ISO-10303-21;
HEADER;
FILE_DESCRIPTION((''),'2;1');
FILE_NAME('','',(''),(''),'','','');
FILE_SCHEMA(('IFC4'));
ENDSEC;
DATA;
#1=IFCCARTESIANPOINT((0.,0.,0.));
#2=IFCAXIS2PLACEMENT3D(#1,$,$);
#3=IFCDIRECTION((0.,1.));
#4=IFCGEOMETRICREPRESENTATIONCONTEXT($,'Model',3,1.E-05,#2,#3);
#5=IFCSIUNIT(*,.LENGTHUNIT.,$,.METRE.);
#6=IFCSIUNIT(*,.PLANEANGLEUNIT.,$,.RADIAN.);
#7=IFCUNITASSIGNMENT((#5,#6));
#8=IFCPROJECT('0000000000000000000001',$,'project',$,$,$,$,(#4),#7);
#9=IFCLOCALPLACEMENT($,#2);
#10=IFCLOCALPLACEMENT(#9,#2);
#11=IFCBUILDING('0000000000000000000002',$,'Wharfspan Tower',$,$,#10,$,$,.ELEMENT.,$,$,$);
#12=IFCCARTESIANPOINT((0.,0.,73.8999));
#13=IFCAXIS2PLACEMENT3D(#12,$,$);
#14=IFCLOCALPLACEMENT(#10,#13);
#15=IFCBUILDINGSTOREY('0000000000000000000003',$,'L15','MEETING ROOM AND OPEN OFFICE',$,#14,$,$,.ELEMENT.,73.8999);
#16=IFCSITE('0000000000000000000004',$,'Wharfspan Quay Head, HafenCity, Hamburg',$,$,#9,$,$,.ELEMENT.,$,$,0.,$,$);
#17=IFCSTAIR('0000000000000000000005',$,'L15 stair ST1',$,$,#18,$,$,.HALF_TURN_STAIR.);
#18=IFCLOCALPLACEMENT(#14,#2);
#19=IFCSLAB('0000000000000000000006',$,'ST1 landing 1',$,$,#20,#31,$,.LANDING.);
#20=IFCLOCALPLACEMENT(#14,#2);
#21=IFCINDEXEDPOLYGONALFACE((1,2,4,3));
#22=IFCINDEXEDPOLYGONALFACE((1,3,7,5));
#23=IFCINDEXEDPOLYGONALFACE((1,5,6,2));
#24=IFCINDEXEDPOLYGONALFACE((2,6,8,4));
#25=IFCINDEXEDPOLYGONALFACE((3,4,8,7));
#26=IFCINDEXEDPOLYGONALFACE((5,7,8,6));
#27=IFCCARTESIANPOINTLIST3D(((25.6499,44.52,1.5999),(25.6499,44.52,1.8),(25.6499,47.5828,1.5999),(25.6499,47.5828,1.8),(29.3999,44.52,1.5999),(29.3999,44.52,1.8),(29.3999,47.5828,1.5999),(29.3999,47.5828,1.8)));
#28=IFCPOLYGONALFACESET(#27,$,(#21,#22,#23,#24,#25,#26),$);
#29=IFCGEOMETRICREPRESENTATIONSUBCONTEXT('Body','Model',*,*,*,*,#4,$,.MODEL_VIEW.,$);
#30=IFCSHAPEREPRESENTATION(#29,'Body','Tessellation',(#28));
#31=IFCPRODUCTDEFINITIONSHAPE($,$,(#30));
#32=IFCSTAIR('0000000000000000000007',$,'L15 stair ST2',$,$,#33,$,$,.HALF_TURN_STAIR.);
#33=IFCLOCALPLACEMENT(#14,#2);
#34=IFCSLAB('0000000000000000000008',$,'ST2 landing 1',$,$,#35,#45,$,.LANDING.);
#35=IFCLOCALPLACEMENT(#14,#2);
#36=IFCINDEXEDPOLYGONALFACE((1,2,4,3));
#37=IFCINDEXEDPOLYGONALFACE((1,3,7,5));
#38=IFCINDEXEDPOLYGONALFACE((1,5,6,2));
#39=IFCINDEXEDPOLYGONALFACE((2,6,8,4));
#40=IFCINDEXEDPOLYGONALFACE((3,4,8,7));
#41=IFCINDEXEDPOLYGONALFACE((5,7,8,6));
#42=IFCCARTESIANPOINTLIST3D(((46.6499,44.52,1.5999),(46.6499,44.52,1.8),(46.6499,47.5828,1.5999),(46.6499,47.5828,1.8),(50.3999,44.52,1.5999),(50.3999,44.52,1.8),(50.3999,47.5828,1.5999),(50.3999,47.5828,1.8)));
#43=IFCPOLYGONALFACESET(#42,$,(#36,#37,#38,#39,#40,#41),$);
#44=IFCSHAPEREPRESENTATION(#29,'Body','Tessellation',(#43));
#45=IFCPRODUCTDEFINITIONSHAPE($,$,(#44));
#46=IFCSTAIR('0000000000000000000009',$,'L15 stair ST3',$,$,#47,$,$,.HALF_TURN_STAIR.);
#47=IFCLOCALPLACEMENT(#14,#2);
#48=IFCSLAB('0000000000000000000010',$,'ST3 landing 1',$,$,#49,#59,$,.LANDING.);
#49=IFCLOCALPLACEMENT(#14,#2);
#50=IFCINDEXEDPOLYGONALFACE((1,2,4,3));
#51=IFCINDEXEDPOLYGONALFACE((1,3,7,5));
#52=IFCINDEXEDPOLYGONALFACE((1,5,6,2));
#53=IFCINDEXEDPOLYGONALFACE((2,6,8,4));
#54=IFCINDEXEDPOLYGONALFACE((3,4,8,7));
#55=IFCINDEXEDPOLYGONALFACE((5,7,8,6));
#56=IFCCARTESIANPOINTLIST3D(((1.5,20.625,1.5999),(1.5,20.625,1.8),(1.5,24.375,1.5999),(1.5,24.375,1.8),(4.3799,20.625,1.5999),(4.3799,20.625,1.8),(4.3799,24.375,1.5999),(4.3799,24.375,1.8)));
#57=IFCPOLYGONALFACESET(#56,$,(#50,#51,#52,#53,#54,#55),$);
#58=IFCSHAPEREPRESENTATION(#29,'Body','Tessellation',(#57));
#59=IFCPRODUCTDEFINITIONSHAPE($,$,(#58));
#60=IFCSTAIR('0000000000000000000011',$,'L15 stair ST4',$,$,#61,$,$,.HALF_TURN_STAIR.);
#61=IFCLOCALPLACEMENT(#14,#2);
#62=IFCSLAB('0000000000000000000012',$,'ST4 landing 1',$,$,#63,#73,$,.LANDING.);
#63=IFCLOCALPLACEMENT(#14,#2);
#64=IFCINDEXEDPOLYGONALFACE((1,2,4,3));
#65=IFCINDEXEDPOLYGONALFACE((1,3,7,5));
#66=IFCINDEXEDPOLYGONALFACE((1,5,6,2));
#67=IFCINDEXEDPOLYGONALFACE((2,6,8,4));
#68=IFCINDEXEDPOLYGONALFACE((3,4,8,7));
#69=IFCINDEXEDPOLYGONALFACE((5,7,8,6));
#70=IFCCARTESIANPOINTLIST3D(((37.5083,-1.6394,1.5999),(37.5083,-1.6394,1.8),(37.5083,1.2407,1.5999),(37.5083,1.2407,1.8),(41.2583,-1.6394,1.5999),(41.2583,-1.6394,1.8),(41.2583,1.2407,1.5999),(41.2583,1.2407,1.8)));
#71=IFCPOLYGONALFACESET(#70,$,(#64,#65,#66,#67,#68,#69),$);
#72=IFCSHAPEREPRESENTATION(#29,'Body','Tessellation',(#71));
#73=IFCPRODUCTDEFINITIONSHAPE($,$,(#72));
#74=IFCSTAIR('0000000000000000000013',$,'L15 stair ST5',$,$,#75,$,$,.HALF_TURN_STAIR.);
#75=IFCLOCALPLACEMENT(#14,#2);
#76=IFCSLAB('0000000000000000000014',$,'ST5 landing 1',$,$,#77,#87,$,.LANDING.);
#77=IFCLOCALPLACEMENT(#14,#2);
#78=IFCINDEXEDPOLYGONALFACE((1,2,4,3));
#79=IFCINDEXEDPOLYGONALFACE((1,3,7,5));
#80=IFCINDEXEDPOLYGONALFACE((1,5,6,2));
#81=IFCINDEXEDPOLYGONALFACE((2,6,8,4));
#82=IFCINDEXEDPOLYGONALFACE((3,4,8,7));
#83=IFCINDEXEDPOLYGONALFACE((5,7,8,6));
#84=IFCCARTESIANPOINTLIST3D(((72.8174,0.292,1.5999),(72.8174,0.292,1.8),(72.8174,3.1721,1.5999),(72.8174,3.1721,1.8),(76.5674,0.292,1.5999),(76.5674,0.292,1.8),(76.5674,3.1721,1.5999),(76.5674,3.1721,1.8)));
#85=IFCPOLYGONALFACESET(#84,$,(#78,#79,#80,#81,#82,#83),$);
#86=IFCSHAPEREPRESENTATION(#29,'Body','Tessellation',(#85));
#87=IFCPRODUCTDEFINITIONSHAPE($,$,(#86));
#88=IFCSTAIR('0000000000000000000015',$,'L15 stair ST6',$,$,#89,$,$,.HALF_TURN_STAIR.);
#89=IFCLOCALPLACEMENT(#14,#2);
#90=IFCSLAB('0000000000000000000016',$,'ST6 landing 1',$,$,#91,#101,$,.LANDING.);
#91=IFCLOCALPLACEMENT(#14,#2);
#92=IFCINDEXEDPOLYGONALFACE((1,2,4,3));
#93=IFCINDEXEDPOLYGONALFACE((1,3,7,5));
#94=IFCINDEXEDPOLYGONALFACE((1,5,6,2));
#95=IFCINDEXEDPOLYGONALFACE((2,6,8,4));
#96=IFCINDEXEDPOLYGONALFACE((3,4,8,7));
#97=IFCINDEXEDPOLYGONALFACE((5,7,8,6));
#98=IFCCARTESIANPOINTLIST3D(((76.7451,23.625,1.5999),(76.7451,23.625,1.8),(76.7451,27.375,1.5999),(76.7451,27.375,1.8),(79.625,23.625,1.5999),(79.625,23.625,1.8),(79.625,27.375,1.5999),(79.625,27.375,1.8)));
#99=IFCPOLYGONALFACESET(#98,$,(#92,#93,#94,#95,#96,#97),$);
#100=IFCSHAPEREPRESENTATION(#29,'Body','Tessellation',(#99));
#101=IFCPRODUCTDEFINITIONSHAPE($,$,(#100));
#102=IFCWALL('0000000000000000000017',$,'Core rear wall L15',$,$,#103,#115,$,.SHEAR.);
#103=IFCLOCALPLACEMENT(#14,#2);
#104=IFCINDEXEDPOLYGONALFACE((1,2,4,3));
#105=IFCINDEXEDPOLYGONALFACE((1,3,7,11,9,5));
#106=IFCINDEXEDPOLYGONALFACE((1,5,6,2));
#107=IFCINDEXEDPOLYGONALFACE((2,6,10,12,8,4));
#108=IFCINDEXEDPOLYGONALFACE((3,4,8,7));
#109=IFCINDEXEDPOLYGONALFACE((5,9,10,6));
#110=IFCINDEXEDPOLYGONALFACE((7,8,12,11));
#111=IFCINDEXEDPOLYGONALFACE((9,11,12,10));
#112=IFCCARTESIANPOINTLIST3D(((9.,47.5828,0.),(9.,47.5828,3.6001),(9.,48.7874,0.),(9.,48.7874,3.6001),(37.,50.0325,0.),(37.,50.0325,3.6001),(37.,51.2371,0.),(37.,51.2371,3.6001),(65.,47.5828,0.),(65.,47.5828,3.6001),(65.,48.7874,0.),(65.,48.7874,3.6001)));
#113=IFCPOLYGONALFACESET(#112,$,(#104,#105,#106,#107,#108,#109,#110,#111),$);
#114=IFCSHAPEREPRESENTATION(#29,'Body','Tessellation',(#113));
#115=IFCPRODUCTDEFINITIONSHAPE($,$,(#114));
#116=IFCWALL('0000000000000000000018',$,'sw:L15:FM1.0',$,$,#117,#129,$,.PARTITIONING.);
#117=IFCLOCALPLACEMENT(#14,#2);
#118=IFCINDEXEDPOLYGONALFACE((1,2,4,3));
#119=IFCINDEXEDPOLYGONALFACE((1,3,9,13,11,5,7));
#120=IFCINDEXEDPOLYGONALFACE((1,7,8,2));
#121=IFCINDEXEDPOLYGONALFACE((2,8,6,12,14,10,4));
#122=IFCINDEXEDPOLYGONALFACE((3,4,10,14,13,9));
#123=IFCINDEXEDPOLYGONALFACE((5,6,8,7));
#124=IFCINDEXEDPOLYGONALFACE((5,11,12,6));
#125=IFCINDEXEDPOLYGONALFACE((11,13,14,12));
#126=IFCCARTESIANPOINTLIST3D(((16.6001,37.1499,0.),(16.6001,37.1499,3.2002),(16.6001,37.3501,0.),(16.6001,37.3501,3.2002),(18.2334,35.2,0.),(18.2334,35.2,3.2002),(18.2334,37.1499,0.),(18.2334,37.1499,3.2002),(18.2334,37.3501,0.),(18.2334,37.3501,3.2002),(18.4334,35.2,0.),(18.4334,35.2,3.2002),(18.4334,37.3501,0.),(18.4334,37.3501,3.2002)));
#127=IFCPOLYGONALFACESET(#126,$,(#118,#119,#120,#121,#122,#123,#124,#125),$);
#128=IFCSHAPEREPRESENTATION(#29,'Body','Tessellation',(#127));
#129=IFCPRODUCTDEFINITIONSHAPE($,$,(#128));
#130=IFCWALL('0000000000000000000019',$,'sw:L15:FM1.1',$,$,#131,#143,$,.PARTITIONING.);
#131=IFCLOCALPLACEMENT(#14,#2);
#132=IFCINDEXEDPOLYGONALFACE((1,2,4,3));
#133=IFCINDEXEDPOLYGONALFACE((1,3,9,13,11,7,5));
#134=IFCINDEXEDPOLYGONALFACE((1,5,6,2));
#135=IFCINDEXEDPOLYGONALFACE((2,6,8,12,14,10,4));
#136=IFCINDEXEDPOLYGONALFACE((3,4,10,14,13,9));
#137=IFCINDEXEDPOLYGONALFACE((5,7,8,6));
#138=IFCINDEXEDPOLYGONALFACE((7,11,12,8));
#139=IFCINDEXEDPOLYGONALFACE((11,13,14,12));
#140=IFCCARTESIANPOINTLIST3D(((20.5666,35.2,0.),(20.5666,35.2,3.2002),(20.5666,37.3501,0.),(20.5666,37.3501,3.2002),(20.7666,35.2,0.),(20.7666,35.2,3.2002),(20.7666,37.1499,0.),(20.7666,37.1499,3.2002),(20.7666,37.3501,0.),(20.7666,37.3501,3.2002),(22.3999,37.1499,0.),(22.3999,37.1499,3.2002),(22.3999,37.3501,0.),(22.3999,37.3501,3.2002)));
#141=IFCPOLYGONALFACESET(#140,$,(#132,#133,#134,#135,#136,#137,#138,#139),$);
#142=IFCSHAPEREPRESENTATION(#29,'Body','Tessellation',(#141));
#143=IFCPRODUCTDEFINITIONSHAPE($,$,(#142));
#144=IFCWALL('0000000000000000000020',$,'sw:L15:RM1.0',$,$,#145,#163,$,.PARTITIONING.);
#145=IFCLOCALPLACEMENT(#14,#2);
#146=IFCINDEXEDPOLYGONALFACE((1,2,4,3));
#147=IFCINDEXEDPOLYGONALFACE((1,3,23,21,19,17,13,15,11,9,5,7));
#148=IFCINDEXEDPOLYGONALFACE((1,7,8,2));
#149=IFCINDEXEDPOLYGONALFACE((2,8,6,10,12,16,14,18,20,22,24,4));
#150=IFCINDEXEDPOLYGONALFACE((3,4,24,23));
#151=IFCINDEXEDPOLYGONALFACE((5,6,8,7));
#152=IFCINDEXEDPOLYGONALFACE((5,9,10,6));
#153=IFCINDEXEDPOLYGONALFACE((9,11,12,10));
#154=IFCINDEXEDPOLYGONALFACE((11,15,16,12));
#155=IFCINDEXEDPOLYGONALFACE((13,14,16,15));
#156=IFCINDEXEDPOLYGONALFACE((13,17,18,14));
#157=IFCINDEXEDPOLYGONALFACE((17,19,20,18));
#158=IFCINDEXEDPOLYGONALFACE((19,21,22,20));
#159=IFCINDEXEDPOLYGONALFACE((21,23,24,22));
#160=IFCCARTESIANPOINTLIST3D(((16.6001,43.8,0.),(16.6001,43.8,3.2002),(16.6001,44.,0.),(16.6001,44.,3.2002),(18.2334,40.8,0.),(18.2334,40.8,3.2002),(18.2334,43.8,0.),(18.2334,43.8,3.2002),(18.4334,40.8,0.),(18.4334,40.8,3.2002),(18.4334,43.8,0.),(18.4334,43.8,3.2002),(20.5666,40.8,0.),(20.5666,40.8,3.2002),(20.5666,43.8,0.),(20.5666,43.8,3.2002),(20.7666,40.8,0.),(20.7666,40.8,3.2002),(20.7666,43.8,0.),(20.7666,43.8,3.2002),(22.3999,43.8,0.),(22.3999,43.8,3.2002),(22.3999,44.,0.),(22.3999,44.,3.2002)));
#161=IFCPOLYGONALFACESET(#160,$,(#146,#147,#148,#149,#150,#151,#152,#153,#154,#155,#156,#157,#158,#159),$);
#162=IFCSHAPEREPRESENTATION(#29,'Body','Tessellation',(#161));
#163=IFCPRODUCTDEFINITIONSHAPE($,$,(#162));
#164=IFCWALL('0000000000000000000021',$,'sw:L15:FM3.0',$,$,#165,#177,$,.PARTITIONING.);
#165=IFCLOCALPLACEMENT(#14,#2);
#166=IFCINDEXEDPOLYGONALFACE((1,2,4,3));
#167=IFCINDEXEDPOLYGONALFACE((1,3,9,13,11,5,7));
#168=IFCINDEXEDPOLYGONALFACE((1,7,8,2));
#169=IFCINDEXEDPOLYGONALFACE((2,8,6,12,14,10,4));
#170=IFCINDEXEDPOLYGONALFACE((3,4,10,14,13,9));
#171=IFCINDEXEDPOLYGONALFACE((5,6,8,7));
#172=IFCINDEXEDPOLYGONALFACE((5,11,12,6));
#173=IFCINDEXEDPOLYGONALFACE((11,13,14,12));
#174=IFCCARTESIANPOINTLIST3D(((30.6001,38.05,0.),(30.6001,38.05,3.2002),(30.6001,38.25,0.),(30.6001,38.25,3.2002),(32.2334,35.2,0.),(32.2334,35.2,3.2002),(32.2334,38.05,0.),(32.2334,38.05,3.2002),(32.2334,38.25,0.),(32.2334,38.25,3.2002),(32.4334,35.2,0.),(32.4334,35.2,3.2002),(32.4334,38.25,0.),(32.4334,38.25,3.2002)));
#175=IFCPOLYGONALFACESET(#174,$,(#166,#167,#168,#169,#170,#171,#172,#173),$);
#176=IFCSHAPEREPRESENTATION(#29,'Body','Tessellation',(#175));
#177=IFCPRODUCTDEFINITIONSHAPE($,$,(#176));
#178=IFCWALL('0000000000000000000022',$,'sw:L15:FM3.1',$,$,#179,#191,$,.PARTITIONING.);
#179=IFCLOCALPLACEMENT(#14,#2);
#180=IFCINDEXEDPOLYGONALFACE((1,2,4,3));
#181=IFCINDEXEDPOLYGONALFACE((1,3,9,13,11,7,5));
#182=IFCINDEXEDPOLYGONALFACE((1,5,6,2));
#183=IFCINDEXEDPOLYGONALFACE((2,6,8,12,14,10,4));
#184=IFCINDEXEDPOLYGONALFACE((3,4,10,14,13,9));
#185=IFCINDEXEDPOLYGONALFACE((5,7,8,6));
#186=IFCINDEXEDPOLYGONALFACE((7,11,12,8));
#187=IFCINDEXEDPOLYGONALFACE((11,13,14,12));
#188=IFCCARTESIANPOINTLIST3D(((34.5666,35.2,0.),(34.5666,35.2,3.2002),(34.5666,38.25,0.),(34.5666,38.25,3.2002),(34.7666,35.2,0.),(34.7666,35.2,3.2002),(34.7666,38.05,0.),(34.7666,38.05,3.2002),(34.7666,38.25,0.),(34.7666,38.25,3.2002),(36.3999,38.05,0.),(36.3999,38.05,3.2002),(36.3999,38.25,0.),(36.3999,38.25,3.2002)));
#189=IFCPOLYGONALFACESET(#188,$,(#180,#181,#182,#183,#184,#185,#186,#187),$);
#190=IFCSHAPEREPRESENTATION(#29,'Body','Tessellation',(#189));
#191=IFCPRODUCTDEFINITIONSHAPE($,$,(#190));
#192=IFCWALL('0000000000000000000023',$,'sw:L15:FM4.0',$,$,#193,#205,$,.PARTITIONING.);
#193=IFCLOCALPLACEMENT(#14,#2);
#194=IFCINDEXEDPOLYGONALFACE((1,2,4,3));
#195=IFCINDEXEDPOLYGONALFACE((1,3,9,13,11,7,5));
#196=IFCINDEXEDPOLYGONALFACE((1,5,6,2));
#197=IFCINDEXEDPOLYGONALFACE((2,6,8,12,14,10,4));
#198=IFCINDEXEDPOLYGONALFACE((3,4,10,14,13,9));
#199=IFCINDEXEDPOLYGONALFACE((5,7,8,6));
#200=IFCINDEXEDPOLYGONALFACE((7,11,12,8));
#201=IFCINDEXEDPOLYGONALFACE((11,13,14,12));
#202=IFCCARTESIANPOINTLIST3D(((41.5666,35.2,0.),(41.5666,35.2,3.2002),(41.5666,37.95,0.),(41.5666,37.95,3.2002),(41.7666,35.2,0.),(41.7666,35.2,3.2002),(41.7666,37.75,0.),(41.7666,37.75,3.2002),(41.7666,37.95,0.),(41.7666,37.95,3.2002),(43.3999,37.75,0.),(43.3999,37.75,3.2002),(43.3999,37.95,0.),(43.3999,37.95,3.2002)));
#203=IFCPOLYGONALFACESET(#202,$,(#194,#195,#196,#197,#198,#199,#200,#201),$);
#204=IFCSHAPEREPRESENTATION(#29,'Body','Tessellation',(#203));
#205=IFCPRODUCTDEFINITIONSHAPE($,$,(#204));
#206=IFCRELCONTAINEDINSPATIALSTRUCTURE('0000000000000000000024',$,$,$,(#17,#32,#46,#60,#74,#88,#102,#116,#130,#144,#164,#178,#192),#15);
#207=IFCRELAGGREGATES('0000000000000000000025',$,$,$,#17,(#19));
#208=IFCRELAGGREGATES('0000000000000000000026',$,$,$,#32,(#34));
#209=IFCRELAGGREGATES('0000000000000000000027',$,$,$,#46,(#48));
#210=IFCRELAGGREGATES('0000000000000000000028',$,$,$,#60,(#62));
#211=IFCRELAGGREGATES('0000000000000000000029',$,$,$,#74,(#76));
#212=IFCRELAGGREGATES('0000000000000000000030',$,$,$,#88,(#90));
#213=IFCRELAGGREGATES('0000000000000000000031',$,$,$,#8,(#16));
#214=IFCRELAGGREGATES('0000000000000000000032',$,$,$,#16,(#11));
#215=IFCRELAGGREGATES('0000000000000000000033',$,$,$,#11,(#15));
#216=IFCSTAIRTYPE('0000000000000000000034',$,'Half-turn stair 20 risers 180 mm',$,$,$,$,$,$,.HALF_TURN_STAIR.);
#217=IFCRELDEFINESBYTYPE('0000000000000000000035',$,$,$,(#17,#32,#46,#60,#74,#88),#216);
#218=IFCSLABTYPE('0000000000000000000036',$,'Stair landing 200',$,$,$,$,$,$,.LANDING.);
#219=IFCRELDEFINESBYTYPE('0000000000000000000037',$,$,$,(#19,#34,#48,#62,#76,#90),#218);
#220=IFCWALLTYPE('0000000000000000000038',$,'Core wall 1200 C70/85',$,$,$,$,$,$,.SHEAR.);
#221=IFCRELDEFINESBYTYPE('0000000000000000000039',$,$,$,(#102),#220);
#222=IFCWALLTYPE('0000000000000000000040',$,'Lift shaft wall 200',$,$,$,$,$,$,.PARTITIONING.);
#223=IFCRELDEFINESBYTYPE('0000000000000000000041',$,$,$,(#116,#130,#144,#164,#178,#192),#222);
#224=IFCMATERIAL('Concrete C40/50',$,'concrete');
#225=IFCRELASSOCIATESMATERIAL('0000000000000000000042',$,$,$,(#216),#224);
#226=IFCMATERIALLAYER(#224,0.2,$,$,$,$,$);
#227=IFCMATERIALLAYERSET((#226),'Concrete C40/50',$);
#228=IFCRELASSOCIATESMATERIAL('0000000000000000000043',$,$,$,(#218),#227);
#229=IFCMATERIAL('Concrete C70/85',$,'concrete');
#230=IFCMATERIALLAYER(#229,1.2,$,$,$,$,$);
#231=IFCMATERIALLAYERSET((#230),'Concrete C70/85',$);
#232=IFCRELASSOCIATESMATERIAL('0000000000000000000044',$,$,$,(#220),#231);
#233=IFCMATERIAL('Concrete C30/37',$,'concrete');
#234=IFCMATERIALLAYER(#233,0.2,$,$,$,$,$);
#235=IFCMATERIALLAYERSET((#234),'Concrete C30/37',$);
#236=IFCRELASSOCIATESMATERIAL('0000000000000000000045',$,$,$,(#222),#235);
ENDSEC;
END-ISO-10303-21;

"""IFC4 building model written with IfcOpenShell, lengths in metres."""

from ifc_helpers import new_model, si_unit, direction, frame, origin, place, context, subcontext, project, spatial, polyline, outline, extrude, material, layer, layer_set, type_object, element, aggregate, save


model = new_model("IFC4")

# Units and contexts
model_context = context("Model", 3, precision=1e-05, world=origin(), true_north=direction((0.0, 1.0)))
body_context = subcontext(model_context, "Body", "Model", "MODEL_VIEW")
ifc_project = project(units=[si_unit("LENGTHUNIT", "METRE"), si_unit("PLANEANGLEUNIT", "RADIAN")], contexts=[model_context])

# Site, building, storey
site_placement = place(None, origin())
site = spatial("IfcSite", under=ifc_project, at=site_placement, Name="Wharfspan Quay Head, HafenCity, Hamburg", CompositionType="ELEMENT", RefElevation=0.0)
building_placement = place(site_placement, origin())
building = spatial("IfcBuilding", under=site, at=building_placement, Name="Wharfspan Tower", CompositionType="ELEMENT")
storey_placement = place(building_placement, frame((0.0, 0.0, 73.8999)))
storey = spatial("IfcBuildingStorey", under=building, at=storey_placement, Name="L15", Description="MEETING ROOM AND OPEN OFFICE", CompositionType="ELEMENT", Elevation=73.8999)

# Shared definitions
ifc_material_1 = material(Name="Concrete C40/50", Category="concrete")

# Stairs, slabs
stair_type = type_object("IfcStairType", Name="Half-turn stair 20 risers 180 mm", PredefinedType="HALF_TURN_STAIR", material=ifc_material_1)
stair_1_placement = place(storey_placement, origin())
stair_1 = element("IfcStair", 1, at=stair_1_placement, inside=storey, type_object=stair_type, Name="L15 stair ST1", PredefinedType="HALF_TURN_STAIR")
ifc_layer_1 = layer(ifc_material_1, 0.2)
ifc_layer_set_1 = layer_set([ifc_layer_1], Name="Concrete C40/50")
slab_type_1 = type_object("IfcSlabType", Name="Stair landing 200", PredefinedType="LANDING", material=ifc_layer_set_1)
slab_1_placement = place(storey_placement, frame((0.0, 0.0, 1.5999)))
slab_1 = element("IfcSlab", 2, at=slab_1_placement, type_object=slab_type_1, Name="ST1 landing 1", PredefinedType="LANDING", context=body_context, shape_type="SweptSolid", body=[
    extrude(outline(polyline([(25.6499, 44.52), (29.3999, 44.52), (29.3999, 47.5828), (25.6499, 47.5828), (25.6499, 44.52)])), origin(), (0.0, 0.0, 1.0), 0.2002),
])
aggregate(stair_1, [slab_1])
stair_2_placement = place(storey_placement, origin())
stair_2 = element("IfcStair", 3, at=stair_2_placement, inside=storey, type_object=stair_type, Name="L15 stair ST2", PredefinedType="HALF_TURN_STAIR")
slab_2_placement = place(storey_placement, frame((0.0, 0.0, 1.5999)))
slab_2 = element("IfcSlab", 4, at=slab_2_placement, type_object=slab_type_1, Name="ST2 landing 1", PredefinedType="LANDING", context=body_context, shape_type="SweptSolid", body=[
    extrude(outline(polyline([(46.6499, 44.52), (50.3999, 44.52), (50.3999, 47.5828), (46.6499, 47.5828), (46.6499, 44.52)])), origin(), (0.0, 0.0, 1.0), 0.2002),
])
aggregate(stair_2, [slab_2])
stair_3_placement = place(storey_placement, origin())
stair_3 = element("IfcStair", 5, at=stair_3_placement, inside=storey, type_object=stair_type, Name="L15 stair ST3", PredefinedType="HALF_TURN_STAIR")
slab_3_placement = place(storey_placement, frame((0.0, 0.0, 1.5999)))
slab_3 = element("IfcSlab", 6, at=slab_3_placement, type_object=slab_type_1, Name="ST3 landing 1", PredefinedType="LANDING", context=body_context, shape_type="SweptSolid", body=[
    extrude(outline(polyline([(4.3799, 24.375), (1.5, 24.375), (1.5, 20.625), (4.3799, 20.625), (4.3799, 24.375)])), origin(), (0.0, 0.0, 1.0), 0.2002),
])
aggregate(stair_3, [slab_3])
stair_4_placement = place(storey_placement, origin())
stair_4 = element("IfcStair", 7, at=stair_4_placement, inside=storey, type_object=stair_type, Name="L15 stair ST4", PredefinedType="HALF_TURN_STAIR")
slab_4_placement = place(storey_placement, frame((0.0, 0.0, 1.5999)))
slab_4 = element("IfcSlab", 8, at=slab_4_placement, type_object=slab_type_1, Name="ST4 landing 1", PredefinedType="LANDING", context=body_context, shape_type="SweptSolid", body=[
    extrude(outline(polyline([(37.5083, 1.2407), (37.5083, -1.6394), (41.2583, -1.6394), (41.2583, 1.2407), (37.5083, 1.2407)])), origin(), (0.0, 0.0, 1.0), 0.2002),
])
aggregate(stair_4, [slab_4])
stair_5_placement = place(storey_placement, origin())
stair_5 = element("IfcStair", 9, at=stair_5_placement, inside=storey, type_object=stair_type, Name="L15 stair ST5", PredefinedType="HALF_TURN_STAIR")
slab_5_placement = place(storey_placement, frame((0.0, 0.0, 1.5999)))
slab_5 = element("IfcSlab", 10, at=slab_5_placement, type_object=slab_type_1, Name="ST5 landing 1", PredefinedType="LANDING", context=body_context, shape_type="SweptSolid", body=[
    extrude(outline(polyline([(72.8174, 3.1721), (72.8174, 0.292), (76.5674, 0.292), (76.5674, 3.1721), (72.8174, 3.1721)])), origin(), (0.0, 0.0, 1.0), 0.2002),
])
aggregate(stair_5, [slab_5])
stair_6_placement = place(storey_placement, origin())
stair_6 = element("IfcStair", 11, at=stair_6_placement, inside=storey, type_object=stair_type, Name="L15 stair ST6", PredefinedType="HALF_TURN_STAIR")
slab_6_placement = place(storey_placement, frame((0.0, 0.0, 1.5999)))
slab_6 = element("IfcSlab", 12, at=slab_6_placement, type_object=slab_type_1, Name="ST6 landing 1", PredefinedType="LANDING", context=body_context, shape_type="SweptSolid", body=[
    extrude(outline(polyline([(76.7451, 23.625), (79.625, 23.625), (79.625, 27.375), (76.7451, 27.375), (76.7451, 23.625)])), origin(), (0.0, 0.0, 1.0), 0.2002),
])
aggregate(stair_6, [slab_6])

# Walls
ifc_material_2 = material(Name="Concrete C70/85", Category="concrete")
ifc_layer_2 = layer(ifc_material_2, 1.2)
ifc_layer_set_2 = layer_set([ifc_layer_2], Name="Concrete C70/85")
wall_type_1 = type_object("IfcWallType", Name="Core wall 1200 C70/85", PredefinedType="SHEAR", material=ifc_layer_set_2)
wall_1_placement = place(storey_placement, origin())
element("IfcWall", 13, at=wall_1_placement, inside=storey, type_object=wall_type_1, Name="Core rear wall L15", PredefinedType="SHEAR", context=body_context, shape_type="SweptSolid", body=[
    extrude(outline(polyline([(9.0, 47.5828), (37.0, 50.0325), (65.0, 47.5828), (65.0, 48.7874), (37.0, 51.2371), (9.0, 48.7874), (9.0, 47.5828)])), origin(), (0.0, 0.0, 1.0), 3.6001),
])
ifc_material_3 = material(Name="Concrete C30/37", Category="concrete")
ifc_layer_3 = layer(ifc_material_3, 0.2)
ifc_layer_set_3 = layer_set([ifc_layer_3], Name="Concrete C30/37")
wall_type_2 = type_object("IfcWallType", Name="Lift shaft wall 200", PredefinedType="PARTITIONING", material=ifc_layer_set_3)
wall_2_placement = place(storey_placement, origin())
element("IfcWall", 14, at=wall_2_placement, inside=storey, type_object=wall_type_2, Name="sw:L15:FM1.0", PredefinedType="PARTITIONING", context=body_context, shape_type="SweptSolid", body=[
    extrude(outline(polyline([(18.2334, 37.1499), (16.6001, 37.1499), (16.6001, 37.3501), (18.2334, 37.3501), (18.4334, 37.3501), (18.4334, 35.2), (18.2334, 35.2), (18.2334, 37.1499)])), origin(), (0.0, 0.0, 1.0), 3.2002),
])
wall_3_placement = place(storey_placement, origin())
element("IfcWall", 15, at=wall_3_placement, inside=storey, type_object=wall_type_2, Name="sw:L15:FM1.1", PredefinedType="PARTITIONING", context=body_context, shape_type="SweptSolid", body=[
    extrude(outline(polyline([(20.5666, 37.3501), (20.7666, 37.3501), (22.3999, 37.3501), (22.3999, 37.1499), (20.7666, 37.1499), (20.7666, 35.2), (20.5666, 35.2), (20.5666, 37.3501)])), origin(), (0.0, 0.0, 1.0), 3.2002),
])
wall_4_placement = place(storey_placement, origin())
element("IfcWall", 16, at=wall_4_placement, inside=storey, type_object=wall_type_2, Name="sw:L15:RM1.0", PredefinedType="PARTITIONING", context=body_context, shape_type="SweptSolid", body=[
    extrude(outline(polyline([(18.4334, 40.8), (18.2334, 40.8), (18.2334, 43.8), (16.6001, 43.8), (16.6001, 44.0), (22.3999, 44.0), (22.3999, 43.8), (20.7666, 43.8), (20.7666, 40.8), (20.5666, 40.8), (20.5666, 43.8), (18.4334, 43.8), (18.4334, 40.8)])), origin(), (0.0, 0.0, 1.0), 3.2002),
])
wall_5_placement = place(storey_placement, origin())
element("IfcWall", 17, at=wall_5_placement, inside=storey, type_object=wall_type_2, Name="sw:L15:FM3.0", PredefinedType="PARTITIONING", context=body_context, shape_type="SweptSolid", body=[
    extrude(outline(polyline([(32.2334, 38.05), (30.6001, 38.05), (30.6001, 38.25), (32.2334, 38.25), (32.4333, 38.25), (32.4333, 35.2), (32.2334, 35.2), (32.2334, 38.05)])), origin(), (0.0, 0.0, 1.0), 3.2002),
])
wall_6_placement = place(storey_placement, origin())
element("IfcWall", 18, at=wall_6_placement, inside=storey, type_object=wall_type_2, Name="sw:L15:FM3.1", PredefinedType="PARTITIONING", context=body_context, shape_type="SweptSolid", body=[
    extrude(outline(polyline([(34.5667, 38.25), (34.7666, 38.25), (36.3999, 38.25), (36.3999, 38.05), (34.7666, 38.05), (34.7666, 35.2), (34.5667, 35.2), (34.5667, 38.25)])), origin(), (0.0, 0.0, 1.0), 3.2002),
])
wall_7_placement = place(storey_placement, origin())
element("IfcWall", 19, at=wall_7_placement, inside=storey, type_object=wall_type_2, Name="sw:L15:FM4.0", PredefinedType="PARTITIONING", context=body_context, shape_type="SweptSolid", body=[
    extrude(outline(polyline([(41.5667, 37.95), (41.7666, 37.95), (43.3999, 37.95), (43.3999, 37.75), (41.7666, 37.75), (41.7666, 35.2), (41.5667, 35.2), (41.5667, 37.95)])), origin(), (0.0, 0.0, 1.0), 3.2002),
])

save(model, "model.ifc")
